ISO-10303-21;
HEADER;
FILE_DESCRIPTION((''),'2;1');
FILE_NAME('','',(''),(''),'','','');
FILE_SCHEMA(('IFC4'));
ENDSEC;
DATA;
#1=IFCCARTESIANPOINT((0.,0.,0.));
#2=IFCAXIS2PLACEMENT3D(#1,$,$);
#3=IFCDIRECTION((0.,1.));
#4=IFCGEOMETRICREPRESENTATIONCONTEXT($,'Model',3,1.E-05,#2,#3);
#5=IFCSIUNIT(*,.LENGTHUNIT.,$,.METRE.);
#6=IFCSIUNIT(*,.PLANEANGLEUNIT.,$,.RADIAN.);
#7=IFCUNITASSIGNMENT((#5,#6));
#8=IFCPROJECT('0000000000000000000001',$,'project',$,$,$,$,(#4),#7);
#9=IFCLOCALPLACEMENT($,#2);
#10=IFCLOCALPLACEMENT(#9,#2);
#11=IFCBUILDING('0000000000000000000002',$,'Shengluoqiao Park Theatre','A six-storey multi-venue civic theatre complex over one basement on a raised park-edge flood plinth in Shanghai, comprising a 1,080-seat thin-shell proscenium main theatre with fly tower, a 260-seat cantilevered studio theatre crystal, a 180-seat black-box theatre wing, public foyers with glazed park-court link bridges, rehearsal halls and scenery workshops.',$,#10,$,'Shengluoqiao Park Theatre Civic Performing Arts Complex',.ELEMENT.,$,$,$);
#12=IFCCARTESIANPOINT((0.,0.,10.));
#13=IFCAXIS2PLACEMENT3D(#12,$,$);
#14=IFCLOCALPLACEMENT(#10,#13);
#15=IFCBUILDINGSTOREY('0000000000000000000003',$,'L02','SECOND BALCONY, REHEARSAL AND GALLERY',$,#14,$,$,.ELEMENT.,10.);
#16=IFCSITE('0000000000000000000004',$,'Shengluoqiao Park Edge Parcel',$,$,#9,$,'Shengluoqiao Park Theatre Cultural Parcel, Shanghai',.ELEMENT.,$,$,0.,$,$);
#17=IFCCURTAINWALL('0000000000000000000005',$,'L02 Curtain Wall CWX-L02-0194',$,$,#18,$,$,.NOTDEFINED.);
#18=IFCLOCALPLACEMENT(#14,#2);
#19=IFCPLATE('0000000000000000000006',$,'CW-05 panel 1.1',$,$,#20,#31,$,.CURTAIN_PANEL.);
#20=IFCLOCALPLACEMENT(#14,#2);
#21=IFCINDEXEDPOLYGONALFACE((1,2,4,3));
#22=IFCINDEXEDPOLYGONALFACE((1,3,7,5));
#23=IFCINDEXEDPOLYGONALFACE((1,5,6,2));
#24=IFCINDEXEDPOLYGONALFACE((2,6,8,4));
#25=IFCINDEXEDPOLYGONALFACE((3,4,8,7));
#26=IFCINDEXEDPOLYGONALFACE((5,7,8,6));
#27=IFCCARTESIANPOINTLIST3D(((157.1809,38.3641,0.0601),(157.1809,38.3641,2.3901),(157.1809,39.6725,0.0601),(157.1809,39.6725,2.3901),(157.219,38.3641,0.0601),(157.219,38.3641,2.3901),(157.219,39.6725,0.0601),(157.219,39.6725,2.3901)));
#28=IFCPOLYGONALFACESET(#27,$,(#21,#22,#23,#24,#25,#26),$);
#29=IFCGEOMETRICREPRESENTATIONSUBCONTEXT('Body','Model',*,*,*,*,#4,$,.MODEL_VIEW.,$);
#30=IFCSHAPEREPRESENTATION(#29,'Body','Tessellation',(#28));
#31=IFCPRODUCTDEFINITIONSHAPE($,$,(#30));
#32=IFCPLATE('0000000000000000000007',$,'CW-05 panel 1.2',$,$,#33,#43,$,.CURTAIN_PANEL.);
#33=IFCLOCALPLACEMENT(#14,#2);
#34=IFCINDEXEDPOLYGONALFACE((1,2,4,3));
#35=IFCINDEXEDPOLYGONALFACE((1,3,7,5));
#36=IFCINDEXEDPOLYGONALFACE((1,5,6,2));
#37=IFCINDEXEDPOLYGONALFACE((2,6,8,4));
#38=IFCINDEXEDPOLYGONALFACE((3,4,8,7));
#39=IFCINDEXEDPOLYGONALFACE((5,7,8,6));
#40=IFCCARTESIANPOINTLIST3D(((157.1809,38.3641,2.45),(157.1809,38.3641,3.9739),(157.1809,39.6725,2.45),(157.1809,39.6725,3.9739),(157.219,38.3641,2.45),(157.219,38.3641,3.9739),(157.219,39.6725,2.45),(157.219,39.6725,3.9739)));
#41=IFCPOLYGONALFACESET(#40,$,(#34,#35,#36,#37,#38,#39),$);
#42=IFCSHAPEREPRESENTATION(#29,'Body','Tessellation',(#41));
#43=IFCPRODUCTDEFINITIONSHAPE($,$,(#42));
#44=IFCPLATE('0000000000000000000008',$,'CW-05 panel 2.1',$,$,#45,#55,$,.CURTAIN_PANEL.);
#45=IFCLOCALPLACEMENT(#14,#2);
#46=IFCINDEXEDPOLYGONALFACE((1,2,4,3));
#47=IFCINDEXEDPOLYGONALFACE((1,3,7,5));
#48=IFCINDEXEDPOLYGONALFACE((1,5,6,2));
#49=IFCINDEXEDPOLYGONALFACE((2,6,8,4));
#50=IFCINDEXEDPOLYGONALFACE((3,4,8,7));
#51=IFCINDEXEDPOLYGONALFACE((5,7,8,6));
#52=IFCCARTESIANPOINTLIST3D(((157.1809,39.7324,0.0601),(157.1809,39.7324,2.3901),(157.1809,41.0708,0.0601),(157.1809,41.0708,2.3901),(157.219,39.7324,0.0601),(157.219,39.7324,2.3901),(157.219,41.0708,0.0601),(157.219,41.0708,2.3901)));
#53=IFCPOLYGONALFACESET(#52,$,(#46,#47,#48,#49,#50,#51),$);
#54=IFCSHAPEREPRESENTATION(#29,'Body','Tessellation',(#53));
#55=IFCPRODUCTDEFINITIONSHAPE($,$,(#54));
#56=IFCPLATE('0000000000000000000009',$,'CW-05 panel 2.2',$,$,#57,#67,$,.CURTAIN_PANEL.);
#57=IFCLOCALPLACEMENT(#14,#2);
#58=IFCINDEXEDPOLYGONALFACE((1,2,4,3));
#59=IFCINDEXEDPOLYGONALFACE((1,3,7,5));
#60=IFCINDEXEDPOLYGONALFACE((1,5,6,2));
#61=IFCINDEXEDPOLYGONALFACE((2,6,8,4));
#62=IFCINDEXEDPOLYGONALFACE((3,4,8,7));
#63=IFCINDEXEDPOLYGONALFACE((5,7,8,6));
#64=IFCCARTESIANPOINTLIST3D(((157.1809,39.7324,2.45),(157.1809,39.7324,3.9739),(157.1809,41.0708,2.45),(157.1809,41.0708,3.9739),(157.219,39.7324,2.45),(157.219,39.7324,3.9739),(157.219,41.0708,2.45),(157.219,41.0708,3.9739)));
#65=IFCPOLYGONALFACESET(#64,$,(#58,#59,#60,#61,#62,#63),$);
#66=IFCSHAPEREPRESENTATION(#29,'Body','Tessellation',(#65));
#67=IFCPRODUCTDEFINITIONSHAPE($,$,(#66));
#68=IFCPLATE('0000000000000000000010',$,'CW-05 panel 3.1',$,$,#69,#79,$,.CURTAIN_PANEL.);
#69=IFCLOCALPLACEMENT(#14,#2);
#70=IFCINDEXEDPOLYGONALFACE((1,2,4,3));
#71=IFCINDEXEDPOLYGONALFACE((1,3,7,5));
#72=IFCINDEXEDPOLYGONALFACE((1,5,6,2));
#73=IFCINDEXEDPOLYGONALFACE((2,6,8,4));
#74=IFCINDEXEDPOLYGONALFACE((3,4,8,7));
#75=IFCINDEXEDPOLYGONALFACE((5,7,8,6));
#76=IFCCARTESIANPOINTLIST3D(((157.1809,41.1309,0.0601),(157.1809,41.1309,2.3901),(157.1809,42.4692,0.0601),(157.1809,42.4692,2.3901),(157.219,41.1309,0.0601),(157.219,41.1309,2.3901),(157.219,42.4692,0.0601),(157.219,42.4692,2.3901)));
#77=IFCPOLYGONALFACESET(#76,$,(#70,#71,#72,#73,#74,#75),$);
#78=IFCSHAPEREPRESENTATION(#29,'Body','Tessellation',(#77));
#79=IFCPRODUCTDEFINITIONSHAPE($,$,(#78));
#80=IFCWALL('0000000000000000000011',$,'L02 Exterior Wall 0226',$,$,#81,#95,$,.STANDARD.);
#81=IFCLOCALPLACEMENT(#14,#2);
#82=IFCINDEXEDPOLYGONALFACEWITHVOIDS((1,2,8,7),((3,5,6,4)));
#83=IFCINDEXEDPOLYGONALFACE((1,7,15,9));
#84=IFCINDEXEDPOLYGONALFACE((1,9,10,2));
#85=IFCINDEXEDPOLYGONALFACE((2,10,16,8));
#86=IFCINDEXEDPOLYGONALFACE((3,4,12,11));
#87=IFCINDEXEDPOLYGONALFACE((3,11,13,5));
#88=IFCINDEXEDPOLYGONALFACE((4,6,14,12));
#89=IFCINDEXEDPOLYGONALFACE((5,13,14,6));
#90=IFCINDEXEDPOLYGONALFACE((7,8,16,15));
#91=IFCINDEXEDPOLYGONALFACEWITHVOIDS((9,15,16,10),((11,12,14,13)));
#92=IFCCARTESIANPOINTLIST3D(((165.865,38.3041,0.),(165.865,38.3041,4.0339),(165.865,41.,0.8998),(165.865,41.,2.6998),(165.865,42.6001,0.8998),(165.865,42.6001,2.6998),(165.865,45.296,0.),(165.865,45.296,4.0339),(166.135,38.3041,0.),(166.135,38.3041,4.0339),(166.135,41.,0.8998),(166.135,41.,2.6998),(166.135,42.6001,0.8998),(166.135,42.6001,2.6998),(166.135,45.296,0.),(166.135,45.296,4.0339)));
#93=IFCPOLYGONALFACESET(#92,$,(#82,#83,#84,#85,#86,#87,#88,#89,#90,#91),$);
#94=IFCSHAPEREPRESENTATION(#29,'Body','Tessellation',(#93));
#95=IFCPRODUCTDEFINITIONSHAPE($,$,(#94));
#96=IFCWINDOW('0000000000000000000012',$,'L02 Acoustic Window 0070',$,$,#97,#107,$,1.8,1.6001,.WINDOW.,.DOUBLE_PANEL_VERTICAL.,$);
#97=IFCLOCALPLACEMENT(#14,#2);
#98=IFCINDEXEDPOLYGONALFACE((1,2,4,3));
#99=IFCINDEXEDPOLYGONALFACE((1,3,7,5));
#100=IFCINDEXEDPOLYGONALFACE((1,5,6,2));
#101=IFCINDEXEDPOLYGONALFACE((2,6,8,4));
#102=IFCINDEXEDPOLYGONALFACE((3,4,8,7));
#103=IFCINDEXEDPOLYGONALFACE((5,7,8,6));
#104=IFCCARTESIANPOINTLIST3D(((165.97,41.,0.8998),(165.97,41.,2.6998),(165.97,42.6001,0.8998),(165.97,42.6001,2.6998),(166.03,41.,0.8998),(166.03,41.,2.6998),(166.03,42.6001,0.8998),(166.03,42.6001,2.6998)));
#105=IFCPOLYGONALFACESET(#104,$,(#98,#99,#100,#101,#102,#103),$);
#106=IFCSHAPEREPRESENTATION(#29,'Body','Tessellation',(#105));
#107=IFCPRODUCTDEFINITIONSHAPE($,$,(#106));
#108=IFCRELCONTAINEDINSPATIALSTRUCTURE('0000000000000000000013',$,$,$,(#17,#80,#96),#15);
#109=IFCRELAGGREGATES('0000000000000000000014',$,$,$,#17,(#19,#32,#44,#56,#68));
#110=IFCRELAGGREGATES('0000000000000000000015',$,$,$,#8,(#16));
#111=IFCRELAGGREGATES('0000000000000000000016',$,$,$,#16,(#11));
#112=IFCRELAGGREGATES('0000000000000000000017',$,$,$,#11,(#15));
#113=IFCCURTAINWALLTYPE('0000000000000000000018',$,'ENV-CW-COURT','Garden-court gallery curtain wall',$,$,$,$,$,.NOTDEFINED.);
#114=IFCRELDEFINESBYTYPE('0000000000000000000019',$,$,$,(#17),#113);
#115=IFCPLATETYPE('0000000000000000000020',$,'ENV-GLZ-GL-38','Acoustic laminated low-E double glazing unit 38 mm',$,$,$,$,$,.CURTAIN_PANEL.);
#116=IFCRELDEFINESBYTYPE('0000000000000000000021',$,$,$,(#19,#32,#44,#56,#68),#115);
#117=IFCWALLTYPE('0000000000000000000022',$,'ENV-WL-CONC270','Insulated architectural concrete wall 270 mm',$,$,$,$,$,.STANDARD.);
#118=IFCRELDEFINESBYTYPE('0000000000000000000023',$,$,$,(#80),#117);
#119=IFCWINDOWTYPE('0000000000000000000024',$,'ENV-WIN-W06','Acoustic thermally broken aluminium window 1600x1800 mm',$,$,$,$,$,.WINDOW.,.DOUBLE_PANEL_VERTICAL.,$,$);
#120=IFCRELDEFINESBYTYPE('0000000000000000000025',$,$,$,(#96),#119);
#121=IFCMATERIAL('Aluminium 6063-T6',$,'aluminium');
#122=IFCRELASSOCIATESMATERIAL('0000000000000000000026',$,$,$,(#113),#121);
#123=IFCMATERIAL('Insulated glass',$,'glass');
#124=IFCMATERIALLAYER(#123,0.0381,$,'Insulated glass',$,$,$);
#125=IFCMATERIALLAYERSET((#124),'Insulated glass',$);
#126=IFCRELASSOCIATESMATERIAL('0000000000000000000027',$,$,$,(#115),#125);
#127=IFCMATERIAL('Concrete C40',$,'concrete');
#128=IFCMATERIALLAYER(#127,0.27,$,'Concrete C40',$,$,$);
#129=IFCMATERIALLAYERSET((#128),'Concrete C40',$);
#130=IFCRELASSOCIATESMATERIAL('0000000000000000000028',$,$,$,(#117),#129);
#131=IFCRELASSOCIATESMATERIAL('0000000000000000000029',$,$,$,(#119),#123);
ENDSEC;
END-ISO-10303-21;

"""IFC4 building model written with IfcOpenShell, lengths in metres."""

from ifc_helpers import new_model, si_unit, direction, frame, frame_2d, origin, origin_2d, place, context, subcontext, project, spatial, rectangle, extrude, material, layer, layer_set, type_object, element, fill, aggregate, save


model = new_model("IFC4")

# Units and contexts
model_context = context("Model", 3, precision=1e-05, world=origin(), true_north=direction((0.0, 1.0)))
body_context = subcontext(model_context, "Body", "Model", "MODEL_VIEW")
ifc_project = project(units=[si_unit("LENGTHUNIT", "METRE"), si_unit("PLANEANGLEUNIT", "RADIAN")], contexts=[model_context])

# Site, building, storey
site_placement = place(None, origin())
site = spatial("IfcSite", under=ifc_project, at=site_placement, Name="Shengluoqiao Park Edge Parcel", LongName="Shengluoqiao Park Theatre Cultural Parcel, Shanghai", CompositionType="ELEMENT", RefElevation=0.0)
building_placement = place(site_placement, origin())
building = spatial("IfcBuilding", under=site, at=building_placement, Name="Shengluoqiao Park Theatre", Description="A six-storey multi-venue civic theatre complex over one basement on a raised park-edge flood plinth in Shanghai, comprising a 1,080-seat thin-shell proscenium main theatre with fly tower, a 260-seat cantilevered studio theatre crystal, a 180-seat black-box theatre wing, public foyers with glazed park-court link bridges, rehearsal halls and scenery workshops.", LongName="Shengluoqiao Park Theatre Civic Performing Arts Complex", CompositionType="ELEMENT")
storey_placement = place(building_placement, frame((0.0, 0.0, 10.0)))
storey = spatial("IfcBuildingStorey", under=building, at=storey_placement, Name="L02", Description="SECOND BALCONY, REHEARSAL AND GALLERY", CompositionType="ELEMENT", Elevation=10.0)

# Shared definitions
ifc_material_1 = material(Name="Concrete C40", Category="concrete")

# Curtain wall
ifc_material_2 = material(Name="Aluminium 6063-T6", Category="aluminium")
curtain_wall_type = type_object("IfcCurtainWallType", Name="ENV-CW-COURT", Description="Garden-court gallery curtain wall", PredefinedType="NOTDEFINED", material=ifc_material_2)
curtain_wall_placement = place(storey_placement, origin())
curtain_wall = element("IfcCurtainWall", 1, at=curtain_wall_placement, inside=storey, type_object=curtain_wall_type, Name="L02 Curtain Wall CWX-L02-0194", PredefinedType="NOTDEFINED")

# Plates
ifc_material_3 = material(Name="Insulated glass", Category="glass")
ifc_layer_1 = layer(ifc_material_3, 0.0381, Name="Insulated glass")
ifc_layer_set_1 = layer_set([ifc_layer_1], Name="Insulated glass")
plate_type = type_object("IfcPlateType", Name="ENV-GLZ-GL-38", Description="Acoustic laminated low-E double glazing unit 38 mm", PredefinedType="CURTAIN_PANEL", material=ifc_layer_set_1)
plate_1_placement = place(storey_placement, frame((157.2, 39.0183, 0.0601), z_axis=(0.0, 0.0, 1.0), x_axis=(0.0, 1.0, 0.0)))
plate_1 = element("IfcPlate", 2, at=plate_1_placement, type_object=plate_type, Name="CW-05 panel 1.1", PredefinedType="CURTAIN_PANEL", context=body_context, shape_type="SweptSolid", body=[
    extrude(rectangle(XDim=1.3083, YDim=0.0381, at=origin_2d()), origin(), (0.0, 0.0, 1.0), 2.3301),
])
plate_2_placement = place(storey_placement, frame((157.2, 39.0183, 2.45), z_axis=(0.0, 0.0, 1.0), x_axis=(0.0, 1.0, 0.0)))
plate_2 = element("IfcPlate", 3, at=plate_2_placement, type_object=plate_type, Name="CW-05 panel 1.2", PredefinedType="CURTAIN_PANEL", context=body_context, shape_type="SweptSolid", body=[
    extrude(rectangle(XDim=1.3083, YDim=0.0381, at=origin_2d()), origin(), (0.0, 0.0, 1.0), 1.5239),
])
plate_3_placement = place(storey_placement, frame((157.2, 40.4016, 0.0601), z_axis=(0.0, 0.0, 1.0), x_axis=(0.0, 1.0, 0.0)))
plate_3 = element("IfcPlate", 4, at=plate_3_placement, type_object=plate_type, Name="CW-05 panel 2.1", PredefinedType="CURTAIN_PANEL", context=body_context, shape_type="SweptSolid", body=[
    extrude(rectangle(XDim=1.3384, YDim=0.0381, at=origin_2d()), origin(), (0.0, 0.0, 1.0), 2.3301),
])
plate_4_placement = place(storey_placement, frame((157.2, 40.4016, 2.45), z_axis=(0.0, 0.0, 1.0), x_axis=(0.0, 1.0, 0.0)))
plate_4 = element("IfcPlate", 5, at=plate_4_placement, type_object=plate_type, Name="CW-05 panel 2.2", PredefinedType="CURTAIN_PANEL", context=body_context, shape_type="SweptSolid", body=[
    extrude(rectangle(XDim=1.3384, YDim=0.0381, at=origin_2d()), origin(), (0.0, 0.0, 1.0), 1.5239),
])
plate_5_placement = place(storey_placement, frame((157.2, 41.8, 0.0601), z_axis=(0.0, 0.0, 1.0), x_axis=(0.0, 1.0, 0.0)))
plate_5 = element("IfcPlate", 6, at=plate_5_placement, type_object=plate_type, Name="CW-05 panel 3.1", PredefinedType="CURTAIN_PANEL", context=body_context, shape_type="SweptSolid", body=[
    extrude(rectangle(XDim=1.3384, YDim=0.0381, at=origin_2d()), origin(), (0.0, 0.0, 1.0), 2.3301),
])
aggregate(curtain_wall, [plate_1, plate_2, plate_3, plate_4, plate_5])

# Wall, opening, window
ifc_layer_2 = layer(ifc_material_1, 0.27, Name="Concrete C40")
ifc_layer_set_2 = layer_set([ifc_layer_2], Name="Concrete C40")
wall_type = type_object("IfcWallType", Name="ENV-WL-CONC270", Description="Insulated architectural concrete wall 270 mm", PredefinedType="STANDARD", material=ifc_layer_set_2)
wall_placement = place(storey_placement, frame((166.0, 38.304, 0.0), z_axis=(0.0, 0.0, 1.0), x_axis=(0.0, 1.0, 0.0)))
wall = element("IfcWall", 7, at=wall_placement, inside=storey, type_object=wall_type, Name="L02 Exterior Wall 0226", PredefinedType="STANDARD", context=body_context, shape_type="SweptSolid", body=[
    extrude(rectangle(XDim=6.9919, YDim=0.27, at=frame_2d((3.4961, 0.0))), origin(), (0.0, 0.0, 1.0), 4.0339),
])
opening_placement = place(wall_placement, frame((2.696, 0.0, 0.8999)))
opening = element("IfcOpeningElement", 8, at=opening_placement, cuts=wall, PredefinedType="OPENING", context=body_context, shape_type="SweptSolid", body=[
    extrude(rectangle(XDim=1.6001, YDim=1.8, at=frame_2d((0.8, 0.8999))), frame((0.0, 0.145, 0.0), z_axis=(0.0, -1.0, 0.0), x_axis=(1.0, 0.0, 0.0)), (0.0, 0.0, 1.0), 0.29),
])
window_type = type_object("IfcWindowType", Name="ENV-WIN-W06", Description="Acoustic thermally broken aluminium window 1600x1800 mm", PartitioningType="DOUBLE_PANEL_VERTICAL", PredefinedType="WINDOW", material=ifc_material_3)
window_placement = place(opening_placement, origin())
window = element("IfcWindow", 9, at=window_placement, inside=storey, type_object=window_type, Name="L02 Acoustic Window 0070", OverallHeight=1.8, OverallWidth=1.6001, PartitioningType="DOUBLE_PANEL_VERTICAL", PredefinedType="WINDOW", context=body_context, shape_type="SweptSolid", body=[
    extrude(rectangle(XDim=1.6001, YDim=1.8, at=frame_2d((0.8, 0.8999))), frame((0.0, 0.03, 0.0), z_axis=(0.0, -1.0, 0.0), x_axis=(1.0, 0.0, 0.0)), (0.0, 0.0, 1.0), 0.0601),
])
fill(opening, window)

save(model, "model.ifc")
